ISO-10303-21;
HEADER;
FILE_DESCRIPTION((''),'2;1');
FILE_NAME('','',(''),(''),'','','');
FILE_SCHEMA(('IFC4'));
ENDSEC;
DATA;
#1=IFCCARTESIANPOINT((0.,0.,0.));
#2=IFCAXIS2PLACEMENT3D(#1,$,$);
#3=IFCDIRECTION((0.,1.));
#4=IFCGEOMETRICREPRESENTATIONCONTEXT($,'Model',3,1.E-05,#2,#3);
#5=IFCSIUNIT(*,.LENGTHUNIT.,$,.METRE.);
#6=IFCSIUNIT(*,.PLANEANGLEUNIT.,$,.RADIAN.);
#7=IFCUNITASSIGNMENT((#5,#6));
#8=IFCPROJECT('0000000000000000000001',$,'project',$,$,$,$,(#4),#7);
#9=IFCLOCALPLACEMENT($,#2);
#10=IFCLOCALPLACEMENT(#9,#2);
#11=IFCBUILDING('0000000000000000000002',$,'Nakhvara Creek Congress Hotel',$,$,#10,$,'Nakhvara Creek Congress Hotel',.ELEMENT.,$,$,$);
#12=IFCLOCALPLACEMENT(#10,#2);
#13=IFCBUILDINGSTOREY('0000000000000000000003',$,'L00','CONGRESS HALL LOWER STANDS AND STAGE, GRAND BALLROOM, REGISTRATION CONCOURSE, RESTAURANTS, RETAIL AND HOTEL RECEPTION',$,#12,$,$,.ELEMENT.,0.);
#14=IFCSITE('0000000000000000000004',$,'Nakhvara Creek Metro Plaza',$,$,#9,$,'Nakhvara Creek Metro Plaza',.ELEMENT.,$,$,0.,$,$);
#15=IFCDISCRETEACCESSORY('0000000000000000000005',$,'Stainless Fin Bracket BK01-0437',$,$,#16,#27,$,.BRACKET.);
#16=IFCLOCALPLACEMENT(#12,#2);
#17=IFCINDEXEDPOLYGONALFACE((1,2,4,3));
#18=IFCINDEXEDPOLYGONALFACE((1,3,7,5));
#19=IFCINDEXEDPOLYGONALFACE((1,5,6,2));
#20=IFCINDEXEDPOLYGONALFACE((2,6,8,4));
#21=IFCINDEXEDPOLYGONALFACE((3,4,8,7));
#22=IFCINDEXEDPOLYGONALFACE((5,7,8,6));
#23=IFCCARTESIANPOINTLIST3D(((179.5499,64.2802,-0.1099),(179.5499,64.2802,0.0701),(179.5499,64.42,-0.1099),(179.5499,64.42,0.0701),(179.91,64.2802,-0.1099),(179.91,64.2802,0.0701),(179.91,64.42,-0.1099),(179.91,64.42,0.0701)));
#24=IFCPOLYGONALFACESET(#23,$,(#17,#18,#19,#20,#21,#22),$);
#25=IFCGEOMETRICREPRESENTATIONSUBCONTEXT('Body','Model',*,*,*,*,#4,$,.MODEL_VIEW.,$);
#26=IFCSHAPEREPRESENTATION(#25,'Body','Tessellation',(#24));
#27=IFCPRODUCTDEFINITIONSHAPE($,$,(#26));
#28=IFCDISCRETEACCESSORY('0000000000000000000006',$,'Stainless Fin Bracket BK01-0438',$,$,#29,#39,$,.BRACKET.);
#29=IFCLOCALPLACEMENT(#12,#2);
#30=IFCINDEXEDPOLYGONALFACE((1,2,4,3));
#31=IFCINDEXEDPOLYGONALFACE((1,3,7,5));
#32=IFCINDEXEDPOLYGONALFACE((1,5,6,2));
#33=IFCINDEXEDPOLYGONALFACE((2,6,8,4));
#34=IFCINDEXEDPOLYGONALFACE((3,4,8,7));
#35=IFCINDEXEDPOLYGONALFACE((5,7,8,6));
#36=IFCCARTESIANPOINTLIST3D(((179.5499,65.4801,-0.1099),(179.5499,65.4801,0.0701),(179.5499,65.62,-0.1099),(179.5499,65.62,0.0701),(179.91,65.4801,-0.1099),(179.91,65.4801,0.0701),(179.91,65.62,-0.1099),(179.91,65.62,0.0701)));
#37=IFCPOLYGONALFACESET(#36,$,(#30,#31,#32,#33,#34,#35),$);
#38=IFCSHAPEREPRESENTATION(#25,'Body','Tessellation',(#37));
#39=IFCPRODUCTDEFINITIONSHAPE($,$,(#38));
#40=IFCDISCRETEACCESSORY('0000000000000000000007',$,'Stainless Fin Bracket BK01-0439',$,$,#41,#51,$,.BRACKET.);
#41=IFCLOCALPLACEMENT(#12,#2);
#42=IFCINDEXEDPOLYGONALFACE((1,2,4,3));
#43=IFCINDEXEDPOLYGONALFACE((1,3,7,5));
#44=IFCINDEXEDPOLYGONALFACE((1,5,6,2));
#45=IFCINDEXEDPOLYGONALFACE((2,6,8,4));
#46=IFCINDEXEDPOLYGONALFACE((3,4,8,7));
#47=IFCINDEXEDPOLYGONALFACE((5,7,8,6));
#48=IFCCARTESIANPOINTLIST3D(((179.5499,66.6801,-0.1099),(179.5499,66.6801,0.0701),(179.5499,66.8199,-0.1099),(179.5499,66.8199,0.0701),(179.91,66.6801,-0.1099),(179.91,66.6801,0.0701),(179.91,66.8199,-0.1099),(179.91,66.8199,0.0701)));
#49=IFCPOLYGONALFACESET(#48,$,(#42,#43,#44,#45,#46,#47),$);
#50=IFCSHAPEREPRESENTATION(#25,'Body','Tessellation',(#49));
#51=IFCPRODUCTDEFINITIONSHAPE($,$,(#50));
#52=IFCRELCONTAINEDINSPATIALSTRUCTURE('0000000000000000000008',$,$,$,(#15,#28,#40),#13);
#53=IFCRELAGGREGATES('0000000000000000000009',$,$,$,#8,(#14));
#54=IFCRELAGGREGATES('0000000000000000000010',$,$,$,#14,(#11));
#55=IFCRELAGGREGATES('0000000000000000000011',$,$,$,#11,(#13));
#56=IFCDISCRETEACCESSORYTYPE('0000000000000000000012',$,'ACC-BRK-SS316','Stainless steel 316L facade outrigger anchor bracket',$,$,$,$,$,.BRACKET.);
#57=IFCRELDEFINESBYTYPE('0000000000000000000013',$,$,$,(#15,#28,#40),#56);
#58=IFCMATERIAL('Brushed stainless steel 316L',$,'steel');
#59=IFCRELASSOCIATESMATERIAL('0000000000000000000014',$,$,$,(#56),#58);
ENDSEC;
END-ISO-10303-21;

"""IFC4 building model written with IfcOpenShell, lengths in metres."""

from ifc_helpers import new_model, si_unit, direction, frame, origin, origin_2d, place, context, subcontext, project, spatial, rectangle, extrude, material, type_object, element, save


model = new_model("IFC4")

# Units and contexts
model_context = context("Model", 3, precision=1e-05, world=origin(), true_north=direction((0.0, 1.0)))
body_context = subcontext(model_context, "Body", "Model", "MODEL_VIEW")
ifc_project = project(units=[si_unit("LENGTHUNIT", "METRE"), si_unit("PLANEANGLEUNIT", "RADIAN")], contexts=[model_context])

# Site, building, storey
site_placement = place(None, origin())
site = spatial("IfcSite", under=ifc_project, at=site_placement, Name="Nakhvara Creek Metro Plaza", LongName="Nakhvara Creek Metro Plaza", CompositionType="ELEMENT", RefElevation=0.0)
building_placement = place(site_placement, origin())
building = spatial("IfcBuilding", under=site, at=building_placement, Name="Nakhvara Creek Congress Hotel", LongName="Nakhvara Creek Congress Hotel", CompositionType="ELEMENT")
storey_placement = place(building_placement, origin())
storey = spatial("IfcBuildingStorey", under=building, at=storey_placement, Name="L00", Description="CONGRESS HALL LOWER STANDS AND STAGE, GRAND BALLROOM, REGISTRATION CONCOURSE, RESTAURANTS, RETAIL AND HOTEL RECEPTION", CompositionType="ELEMENT", Elevation=0.0)

# Discrete accessories
ifc_material_1 = material(Name="Brushed stainless steel 316L", Category="steel")
discrete_accessory_type = type_object("IfcDiscreteAccessoryType", Name="ACC-BRK-SS316", Description="Stainless steel 316L facade outrigger anchor bracket", PredefinedType="BRACKET", material=ifc_material_1)
for number, where, z_axis, x_axis, name in (
    (1, (179.73, 64.3501, -0.1099), (0.0, 0.0, 1.0), (0.0, 1.0, 0.0), "Stainless Fin Bracket BK01-0437"),
    (2, (179.73, 65.55, -0.1099), (0.0, 0.0, 1.0), (0.0, 1.0, 0.0), "Stainless Fin Bracket BK01-0438"),
    (3, (179.73, 66.75, -0.1099), (0.0, 0.0, 1.0), (0.0, 1.0, 0.0), "Stainless Fin Bracket BK01-0439"),
):
    element("IfcDiscreteAccessory", number, at=place(storey_placement, frame(where, z_axis=z_axis, x_axis=x_axis)), inside=storey, type_object=discrete_accessory_type, Name=name, PredefinedType="BRACKET", context=body_context, shape_type="SweptSolid", body=[
        extrude(rectangle(XDim=0.1399, YDim=0.3601, at=origin_2d()), origin(), (0.0, 0.0, 1.0), 0.1799),
    ])

save(model, "model.ifc")
